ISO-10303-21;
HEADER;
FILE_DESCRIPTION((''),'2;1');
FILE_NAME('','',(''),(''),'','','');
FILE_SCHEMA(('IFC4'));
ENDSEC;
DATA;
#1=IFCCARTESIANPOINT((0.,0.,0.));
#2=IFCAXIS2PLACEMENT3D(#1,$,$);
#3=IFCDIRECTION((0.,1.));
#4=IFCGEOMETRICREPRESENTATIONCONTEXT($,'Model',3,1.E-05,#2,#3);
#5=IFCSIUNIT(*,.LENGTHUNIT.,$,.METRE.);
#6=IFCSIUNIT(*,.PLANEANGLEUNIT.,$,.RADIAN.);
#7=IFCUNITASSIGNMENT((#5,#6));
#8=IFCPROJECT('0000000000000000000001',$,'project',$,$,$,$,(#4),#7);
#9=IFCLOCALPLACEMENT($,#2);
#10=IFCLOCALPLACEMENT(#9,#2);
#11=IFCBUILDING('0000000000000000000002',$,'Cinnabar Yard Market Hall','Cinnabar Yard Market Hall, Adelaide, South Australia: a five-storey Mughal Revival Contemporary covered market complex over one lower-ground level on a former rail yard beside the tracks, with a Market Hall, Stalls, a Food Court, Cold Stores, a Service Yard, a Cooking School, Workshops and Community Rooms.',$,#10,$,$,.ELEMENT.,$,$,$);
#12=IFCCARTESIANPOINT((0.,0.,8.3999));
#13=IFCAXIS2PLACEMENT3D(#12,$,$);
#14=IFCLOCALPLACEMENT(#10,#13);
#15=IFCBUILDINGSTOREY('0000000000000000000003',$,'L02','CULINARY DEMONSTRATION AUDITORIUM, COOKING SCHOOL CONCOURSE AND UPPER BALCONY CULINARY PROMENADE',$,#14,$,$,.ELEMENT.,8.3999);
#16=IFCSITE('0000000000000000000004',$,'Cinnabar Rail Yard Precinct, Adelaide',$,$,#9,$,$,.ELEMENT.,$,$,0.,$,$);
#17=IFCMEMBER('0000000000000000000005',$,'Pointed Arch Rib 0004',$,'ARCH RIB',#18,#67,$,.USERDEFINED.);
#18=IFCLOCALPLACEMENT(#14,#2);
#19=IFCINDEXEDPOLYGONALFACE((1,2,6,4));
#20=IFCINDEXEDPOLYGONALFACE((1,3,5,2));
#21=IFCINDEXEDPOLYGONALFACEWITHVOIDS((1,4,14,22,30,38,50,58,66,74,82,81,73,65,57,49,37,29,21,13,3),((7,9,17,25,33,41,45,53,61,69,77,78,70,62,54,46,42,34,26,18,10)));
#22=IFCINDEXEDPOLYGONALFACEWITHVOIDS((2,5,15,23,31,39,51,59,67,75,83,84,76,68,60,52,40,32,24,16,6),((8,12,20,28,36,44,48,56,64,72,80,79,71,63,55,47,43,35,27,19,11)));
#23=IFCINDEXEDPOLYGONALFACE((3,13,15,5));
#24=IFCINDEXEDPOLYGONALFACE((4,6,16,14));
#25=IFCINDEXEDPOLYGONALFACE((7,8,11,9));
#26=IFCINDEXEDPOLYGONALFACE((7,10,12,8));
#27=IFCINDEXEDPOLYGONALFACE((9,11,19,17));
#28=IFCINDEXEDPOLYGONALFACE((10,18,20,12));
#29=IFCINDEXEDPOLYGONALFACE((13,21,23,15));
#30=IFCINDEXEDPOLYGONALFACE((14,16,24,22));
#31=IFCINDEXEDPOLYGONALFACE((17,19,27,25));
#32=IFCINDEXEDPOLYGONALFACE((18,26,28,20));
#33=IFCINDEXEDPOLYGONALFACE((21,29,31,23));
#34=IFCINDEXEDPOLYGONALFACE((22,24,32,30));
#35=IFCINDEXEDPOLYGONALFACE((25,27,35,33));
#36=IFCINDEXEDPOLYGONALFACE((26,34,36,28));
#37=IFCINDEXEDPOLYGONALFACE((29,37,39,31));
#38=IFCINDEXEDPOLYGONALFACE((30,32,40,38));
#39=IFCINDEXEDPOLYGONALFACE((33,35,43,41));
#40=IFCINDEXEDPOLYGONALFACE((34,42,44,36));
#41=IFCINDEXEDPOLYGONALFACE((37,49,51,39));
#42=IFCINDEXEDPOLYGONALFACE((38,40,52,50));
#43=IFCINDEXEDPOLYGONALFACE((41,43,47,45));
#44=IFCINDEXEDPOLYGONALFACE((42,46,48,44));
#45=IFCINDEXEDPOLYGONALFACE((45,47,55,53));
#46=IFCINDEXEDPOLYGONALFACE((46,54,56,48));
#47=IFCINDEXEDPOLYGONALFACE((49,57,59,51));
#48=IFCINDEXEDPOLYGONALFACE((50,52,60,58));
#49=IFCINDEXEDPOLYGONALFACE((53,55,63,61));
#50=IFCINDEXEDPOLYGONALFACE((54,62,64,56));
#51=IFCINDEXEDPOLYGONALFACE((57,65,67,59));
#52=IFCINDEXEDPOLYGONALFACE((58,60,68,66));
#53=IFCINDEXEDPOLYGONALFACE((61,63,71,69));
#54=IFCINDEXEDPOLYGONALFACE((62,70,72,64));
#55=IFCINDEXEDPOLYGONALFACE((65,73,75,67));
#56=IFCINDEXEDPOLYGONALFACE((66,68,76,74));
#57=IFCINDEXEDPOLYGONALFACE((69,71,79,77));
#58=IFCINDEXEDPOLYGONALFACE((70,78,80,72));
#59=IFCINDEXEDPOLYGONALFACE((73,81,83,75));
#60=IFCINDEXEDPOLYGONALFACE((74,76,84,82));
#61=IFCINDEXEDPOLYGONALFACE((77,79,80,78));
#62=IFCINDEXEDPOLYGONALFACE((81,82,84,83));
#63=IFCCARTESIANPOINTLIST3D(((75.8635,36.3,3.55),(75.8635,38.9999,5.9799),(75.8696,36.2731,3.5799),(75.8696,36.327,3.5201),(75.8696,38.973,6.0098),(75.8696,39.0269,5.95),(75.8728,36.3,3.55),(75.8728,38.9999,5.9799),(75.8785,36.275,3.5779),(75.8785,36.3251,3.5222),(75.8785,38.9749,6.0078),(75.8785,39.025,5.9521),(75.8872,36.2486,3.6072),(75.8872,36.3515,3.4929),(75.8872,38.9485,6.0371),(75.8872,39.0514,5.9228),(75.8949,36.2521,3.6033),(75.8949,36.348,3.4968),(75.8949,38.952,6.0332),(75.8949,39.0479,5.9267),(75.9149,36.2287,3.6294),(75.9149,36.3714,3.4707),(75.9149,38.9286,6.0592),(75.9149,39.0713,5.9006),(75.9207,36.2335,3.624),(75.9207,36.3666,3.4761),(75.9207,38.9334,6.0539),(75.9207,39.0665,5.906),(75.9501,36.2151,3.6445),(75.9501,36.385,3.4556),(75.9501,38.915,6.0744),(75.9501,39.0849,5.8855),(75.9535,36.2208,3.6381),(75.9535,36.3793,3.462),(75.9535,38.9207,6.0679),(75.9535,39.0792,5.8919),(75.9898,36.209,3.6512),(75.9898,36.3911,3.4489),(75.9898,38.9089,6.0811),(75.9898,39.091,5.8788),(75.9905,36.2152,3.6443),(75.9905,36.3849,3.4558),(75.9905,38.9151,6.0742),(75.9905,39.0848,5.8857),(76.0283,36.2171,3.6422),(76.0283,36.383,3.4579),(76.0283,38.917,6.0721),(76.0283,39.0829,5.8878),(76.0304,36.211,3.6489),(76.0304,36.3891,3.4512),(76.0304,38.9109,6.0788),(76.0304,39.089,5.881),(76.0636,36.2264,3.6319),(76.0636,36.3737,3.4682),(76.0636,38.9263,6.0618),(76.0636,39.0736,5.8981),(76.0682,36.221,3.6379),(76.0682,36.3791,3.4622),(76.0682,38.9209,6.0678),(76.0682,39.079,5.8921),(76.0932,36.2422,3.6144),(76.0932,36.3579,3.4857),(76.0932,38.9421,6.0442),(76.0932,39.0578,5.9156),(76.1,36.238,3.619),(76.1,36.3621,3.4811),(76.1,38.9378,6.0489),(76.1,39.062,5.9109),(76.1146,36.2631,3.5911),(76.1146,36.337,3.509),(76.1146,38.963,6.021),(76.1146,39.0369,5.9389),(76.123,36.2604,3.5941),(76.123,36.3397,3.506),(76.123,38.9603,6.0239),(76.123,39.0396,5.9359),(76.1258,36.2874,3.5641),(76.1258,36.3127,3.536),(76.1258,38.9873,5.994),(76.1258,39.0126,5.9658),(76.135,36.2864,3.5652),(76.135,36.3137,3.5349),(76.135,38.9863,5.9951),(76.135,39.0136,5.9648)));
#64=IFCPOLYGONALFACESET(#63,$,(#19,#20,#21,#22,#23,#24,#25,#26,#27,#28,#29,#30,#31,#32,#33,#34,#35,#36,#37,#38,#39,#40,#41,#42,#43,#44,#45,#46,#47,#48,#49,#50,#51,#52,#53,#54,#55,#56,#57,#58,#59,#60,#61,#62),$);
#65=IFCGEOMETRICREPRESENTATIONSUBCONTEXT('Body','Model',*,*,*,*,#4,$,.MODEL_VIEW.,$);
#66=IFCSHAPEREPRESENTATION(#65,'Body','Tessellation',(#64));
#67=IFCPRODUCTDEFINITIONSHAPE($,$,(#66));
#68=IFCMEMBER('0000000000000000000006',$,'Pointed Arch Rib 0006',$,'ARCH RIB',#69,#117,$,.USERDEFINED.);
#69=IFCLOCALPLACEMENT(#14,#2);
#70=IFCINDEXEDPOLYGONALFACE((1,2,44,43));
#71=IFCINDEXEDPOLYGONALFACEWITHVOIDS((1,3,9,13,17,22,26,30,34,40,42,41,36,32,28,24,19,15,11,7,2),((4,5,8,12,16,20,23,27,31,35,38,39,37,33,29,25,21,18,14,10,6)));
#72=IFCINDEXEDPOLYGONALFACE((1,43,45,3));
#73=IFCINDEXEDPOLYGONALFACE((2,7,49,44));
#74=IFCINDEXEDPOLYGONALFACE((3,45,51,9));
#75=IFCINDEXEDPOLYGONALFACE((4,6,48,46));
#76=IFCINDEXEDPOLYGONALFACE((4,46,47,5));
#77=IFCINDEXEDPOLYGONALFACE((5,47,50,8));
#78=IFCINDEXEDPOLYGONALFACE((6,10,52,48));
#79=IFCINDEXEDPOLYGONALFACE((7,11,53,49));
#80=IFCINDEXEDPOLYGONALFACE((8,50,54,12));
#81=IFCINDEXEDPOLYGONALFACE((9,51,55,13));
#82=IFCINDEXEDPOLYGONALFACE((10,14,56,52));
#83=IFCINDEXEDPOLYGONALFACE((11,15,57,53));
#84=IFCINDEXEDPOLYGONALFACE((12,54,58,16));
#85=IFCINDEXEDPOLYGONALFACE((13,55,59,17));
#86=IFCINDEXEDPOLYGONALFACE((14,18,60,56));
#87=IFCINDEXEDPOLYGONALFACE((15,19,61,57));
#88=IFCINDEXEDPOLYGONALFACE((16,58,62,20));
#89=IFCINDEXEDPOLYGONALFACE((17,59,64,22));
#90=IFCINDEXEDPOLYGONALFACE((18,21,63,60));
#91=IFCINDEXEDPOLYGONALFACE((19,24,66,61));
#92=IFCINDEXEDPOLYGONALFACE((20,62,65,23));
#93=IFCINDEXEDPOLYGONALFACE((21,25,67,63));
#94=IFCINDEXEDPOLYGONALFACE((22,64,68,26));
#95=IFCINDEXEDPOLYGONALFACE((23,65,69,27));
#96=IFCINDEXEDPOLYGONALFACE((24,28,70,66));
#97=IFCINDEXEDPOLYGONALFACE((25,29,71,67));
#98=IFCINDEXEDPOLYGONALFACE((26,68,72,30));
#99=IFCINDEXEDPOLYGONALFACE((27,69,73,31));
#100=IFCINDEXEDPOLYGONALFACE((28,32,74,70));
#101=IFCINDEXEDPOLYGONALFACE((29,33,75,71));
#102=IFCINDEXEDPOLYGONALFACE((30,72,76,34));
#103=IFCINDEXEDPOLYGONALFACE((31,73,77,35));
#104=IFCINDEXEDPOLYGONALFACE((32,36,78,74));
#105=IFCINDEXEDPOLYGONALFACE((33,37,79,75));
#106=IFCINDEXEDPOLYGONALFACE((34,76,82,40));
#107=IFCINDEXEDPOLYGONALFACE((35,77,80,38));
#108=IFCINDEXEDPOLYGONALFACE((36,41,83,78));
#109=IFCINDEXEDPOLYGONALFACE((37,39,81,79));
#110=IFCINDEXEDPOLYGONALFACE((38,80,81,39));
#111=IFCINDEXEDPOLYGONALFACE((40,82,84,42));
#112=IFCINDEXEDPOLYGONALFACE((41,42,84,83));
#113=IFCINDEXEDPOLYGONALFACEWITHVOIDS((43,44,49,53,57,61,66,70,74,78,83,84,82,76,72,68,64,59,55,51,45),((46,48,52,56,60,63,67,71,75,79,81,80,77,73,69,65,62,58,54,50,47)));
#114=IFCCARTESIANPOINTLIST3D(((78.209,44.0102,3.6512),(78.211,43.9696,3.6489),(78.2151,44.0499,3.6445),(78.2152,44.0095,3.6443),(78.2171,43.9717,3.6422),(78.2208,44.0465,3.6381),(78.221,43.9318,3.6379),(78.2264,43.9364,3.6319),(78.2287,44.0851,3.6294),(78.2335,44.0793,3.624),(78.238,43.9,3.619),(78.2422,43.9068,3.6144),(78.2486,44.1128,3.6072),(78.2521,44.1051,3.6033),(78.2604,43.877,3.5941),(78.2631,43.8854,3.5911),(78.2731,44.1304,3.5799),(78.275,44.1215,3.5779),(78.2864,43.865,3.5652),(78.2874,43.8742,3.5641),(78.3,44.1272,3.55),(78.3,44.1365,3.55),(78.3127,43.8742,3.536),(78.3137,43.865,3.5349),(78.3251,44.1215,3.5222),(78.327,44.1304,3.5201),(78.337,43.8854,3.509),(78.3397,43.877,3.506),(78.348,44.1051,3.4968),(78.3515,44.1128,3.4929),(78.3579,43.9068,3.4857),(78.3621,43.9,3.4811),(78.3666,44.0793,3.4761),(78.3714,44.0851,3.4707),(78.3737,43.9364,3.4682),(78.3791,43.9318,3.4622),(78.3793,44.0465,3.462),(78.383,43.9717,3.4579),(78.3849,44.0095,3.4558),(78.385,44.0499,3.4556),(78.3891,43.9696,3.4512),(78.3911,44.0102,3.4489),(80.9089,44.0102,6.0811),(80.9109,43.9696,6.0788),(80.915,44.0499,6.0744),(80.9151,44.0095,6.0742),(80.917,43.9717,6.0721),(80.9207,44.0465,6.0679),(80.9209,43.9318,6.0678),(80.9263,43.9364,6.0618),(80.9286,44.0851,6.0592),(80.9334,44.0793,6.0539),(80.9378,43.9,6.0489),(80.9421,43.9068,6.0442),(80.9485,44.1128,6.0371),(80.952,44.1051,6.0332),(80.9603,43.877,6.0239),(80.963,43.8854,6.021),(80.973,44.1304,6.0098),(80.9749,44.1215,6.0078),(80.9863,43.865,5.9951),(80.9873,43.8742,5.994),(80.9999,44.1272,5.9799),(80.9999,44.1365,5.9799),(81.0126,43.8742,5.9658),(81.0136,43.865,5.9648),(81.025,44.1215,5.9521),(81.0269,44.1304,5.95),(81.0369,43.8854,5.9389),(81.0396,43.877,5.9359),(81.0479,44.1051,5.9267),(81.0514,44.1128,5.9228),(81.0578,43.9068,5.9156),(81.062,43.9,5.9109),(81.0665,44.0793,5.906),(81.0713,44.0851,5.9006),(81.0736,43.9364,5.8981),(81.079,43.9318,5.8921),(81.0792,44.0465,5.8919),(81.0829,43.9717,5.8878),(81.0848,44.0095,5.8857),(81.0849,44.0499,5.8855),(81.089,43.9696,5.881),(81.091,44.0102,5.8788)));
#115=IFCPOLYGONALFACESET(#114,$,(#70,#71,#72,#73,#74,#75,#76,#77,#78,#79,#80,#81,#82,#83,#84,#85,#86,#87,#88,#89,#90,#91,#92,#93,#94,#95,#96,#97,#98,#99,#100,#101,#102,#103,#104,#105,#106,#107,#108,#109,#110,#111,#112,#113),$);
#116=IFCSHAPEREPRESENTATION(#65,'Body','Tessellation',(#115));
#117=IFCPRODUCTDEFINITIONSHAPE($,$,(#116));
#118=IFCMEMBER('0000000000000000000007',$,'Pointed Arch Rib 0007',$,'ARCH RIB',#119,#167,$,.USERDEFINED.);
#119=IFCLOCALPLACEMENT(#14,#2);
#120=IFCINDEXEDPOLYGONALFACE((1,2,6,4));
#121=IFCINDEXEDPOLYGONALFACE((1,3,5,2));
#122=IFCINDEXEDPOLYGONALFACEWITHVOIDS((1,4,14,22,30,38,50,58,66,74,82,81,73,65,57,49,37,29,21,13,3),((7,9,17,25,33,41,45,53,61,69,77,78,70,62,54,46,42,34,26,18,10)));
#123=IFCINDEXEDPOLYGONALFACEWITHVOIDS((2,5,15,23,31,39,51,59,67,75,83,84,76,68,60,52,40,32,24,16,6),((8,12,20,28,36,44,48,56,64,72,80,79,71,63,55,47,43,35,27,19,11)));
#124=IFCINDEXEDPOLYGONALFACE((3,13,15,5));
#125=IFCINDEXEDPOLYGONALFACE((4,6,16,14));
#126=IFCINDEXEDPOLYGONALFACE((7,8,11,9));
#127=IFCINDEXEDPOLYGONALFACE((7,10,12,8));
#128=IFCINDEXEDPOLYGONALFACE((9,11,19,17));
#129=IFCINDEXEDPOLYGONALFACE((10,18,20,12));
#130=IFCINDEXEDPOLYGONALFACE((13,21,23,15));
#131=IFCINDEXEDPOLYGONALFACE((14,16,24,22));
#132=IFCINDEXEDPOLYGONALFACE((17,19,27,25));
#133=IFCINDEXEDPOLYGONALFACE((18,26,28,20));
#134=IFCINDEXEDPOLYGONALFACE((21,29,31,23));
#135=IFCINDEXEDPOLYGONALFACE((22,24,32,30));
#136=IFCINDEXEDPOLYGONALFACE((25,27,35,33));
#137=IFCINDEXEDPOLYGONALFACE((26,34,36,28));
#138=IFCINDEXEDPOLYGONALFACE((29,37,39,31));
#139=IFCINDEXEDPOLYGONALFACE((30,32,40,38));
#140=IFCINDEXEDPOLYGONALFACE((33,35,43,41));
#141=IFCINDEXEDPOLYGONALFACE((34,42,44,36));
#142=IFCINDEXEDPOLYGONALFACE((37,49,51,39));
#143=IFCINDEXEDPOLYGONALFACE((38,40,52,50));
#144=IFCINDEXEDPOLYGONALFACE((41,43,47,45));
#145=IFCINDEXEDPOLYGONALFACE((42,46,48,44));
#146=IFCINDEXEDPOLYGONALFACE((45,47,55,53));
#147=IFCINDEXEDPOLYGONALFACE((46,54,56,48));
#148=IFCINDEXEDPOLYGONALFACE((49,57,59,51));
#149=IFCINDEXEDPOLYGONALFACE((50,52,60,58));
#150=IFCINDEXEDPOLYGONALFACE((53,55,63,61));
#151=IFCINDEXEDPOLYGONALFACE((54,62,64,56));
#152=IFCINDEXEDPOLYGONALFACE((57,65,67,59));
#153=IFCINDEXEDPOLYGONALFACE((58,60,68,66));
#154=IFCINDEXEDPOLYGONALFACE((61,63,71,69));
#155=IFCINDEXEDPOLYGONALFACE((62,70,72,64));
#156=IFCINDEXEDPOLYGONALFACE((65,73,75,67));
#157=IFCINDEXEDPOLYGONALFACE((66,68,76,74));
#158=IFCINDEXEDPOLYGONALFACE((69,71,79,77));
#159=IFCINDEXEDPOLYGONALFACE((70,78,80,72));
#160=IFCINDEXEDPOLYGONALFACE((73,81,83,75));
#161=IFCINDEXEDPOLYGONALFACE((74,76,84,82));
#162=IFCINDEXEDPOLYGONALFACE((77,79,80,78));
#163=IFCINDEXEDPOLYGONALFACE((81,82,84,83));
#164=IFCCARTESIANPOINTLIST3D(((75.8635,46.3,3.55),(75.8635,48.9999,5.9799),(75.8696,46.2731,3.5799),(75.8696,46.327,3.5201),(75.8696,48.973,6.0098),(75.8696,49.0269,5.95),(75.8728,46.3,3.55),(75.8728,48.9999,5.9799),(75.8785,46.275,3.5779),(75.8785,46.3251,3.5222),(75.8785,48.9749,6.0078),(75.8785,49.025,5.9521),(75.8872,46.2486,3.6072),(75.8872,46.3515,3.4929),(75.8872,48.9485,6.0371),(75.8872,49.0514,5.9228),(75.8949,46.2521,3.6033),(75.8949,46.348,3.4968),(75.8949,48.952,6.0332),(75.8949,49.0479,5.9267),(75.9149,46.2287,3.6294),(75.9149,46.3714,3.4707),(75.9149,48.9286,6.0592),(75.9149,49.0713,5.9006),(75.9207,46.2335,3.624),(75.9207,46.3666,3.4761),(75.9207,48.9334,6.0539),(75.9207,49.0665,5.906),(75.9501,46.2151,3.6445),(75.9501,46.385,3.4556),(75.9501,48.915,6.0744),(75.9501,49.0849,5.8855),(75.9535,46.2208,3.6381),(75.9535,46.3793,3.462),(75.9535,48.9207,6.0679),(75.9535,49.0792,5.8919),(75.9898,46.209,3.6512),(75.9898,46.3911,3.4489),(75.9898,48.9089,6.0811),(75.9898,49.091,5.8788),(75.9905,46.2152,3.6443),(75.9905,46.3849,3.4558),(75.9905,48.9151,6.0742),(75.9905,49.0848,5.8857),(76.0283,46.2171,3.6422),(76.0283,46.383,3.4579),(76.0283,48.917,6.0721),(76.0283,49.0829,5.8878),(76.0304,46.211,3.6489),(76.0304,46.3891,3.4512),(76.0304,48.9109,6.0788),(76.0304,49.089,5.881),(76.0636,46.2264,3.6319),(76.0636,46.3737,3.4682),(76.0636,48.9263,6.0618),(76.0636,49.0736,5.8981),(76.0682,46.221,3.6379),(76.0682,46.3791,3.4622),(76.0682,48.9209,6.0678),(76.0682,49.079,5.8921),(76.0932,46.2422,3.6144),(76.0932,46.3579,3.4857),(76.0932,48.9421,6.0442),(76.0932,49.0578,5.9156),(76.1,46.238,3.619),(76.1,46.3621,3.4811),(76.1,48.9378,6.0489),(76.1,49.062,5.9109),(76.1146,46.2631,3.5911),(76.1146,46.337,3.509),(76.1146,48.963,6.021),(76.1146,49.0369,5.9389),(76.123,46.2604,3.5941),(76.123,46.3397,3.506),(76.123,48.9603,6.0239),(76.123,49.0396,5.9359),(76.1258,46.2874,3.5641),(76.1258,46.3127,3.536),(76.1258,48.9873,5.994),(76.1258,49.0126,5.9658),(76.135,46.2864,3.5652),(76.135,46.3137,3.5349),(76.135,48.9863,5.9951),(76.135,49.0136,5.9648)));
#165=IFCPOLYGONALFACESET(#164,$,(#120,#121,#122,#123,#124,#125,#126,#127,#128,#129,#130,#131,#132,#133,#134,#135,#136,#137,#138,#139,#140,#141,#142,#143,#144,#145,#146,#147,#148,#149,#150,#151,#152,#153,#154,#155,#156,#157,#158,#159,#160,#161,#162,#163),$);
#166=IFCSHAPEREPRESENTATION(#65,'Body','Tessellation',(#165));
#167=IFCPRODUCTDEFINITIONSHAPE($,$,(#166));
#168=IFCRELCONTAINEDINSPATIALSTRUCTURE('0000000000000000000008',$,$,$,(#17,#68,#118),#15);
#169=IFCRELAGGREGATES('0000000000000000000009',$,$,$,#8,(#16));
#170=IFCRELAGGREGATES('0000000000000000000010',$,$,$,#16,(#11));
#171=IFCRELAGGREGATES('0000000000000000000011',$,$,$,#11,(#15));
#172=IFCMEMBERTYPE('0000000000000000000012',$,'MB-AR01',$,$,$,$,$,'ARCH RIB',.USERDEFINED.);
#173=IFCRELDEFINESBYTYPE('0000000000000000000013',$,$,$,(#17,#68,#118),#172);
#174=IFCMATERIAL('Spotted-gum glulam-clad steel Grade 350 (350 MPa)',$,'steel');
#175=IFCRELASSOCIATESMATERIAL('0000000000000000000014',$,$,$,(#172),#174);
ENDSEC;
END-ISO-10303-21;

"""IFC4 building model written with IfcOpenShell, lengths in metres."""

from ifc_helpers import new_model, si_unit, direction, frame, origin, origin_2d_with_axis, place, context, subcontext, project, spatial, hollow_circle, extrude, material, material_profile, profile_set, type_object, element, save


model = new_model("IFC4")

# Units and contexts
model_context = context("Model", 3, precision=1e-05, world=origin(), true_north=direction((0.0, 1.0)))
body_context = subcontext(model_context, "Body", "Model", "MODEL_VIEW")
ifc_project = project(units=[si_unit("LENGTHUNIT", "METRE"), si_unit("PLANEANGLEUNIT", "RADIAN")], contexts=[model_context])

# Site, building, storey
site_placement = place(None, origin())
site = spatial("IfcSite", under=ifc_project, at=site_placement, Name="Cinnabar Rail Yard Precinct, Adelaide", CompositionType="ELEMENT", RefElevation=0.0)
building_placement = place(site_placement, origin())
building = spatial("IfcBuilding", under=site, at=building_placement, Name="Cinnabar Yard Market Hall", Description="Cinnabar Yard Market Hall, Adelaide, South Australia: a five-storey Mughal Revival Contemporary covered market complex over one lower-ground level on a former rail yard beside the tracks, with a Market Hall, Stalls, a Food Court, Cold Stores, a Service Yard, a Cooking School, Workshops and Community Rooms.", CompositionType="ELEMENT")
storey_placement = place(building_placement, frame((0.0, 0.0, 8.3999)))
storey = spatial("IfcBuildingStorey", under=building, at=storey_placement, Name="L02", Description="CULINARY DEMONSTRATION AUDITORIUM, COOKING SCHOOL CONCOURSE AND UPPER BALCONY CULINARY PROMENADE", CompositionType="ELEMENT", Elevation=8.3999)

# Shared definitions
ifc_material_1 = material(Name="Spotted-gum glulam-clad steel Grade 350 (350 MPa)", Category="steel")

# Members
ifc_material_profile_1 = material_profile(ifc_material_1, hollow_circle(Radius=0.1365, WallThickness=0.0093, at=origin_2d_with_axis()), Name="273.1x9.3CHS")
ifc_profile_set_1 = profile_set([ifc_material_profile_1], Name="Spotted-gum glulam-clad steel Grade 350 (350 MPa)")
member_type_1 = type_object("IfcMemberType", Name="MB-AR01", ElementType="ARCH RIB", PredefinedType="USERDEFINED", material=ifc_profile_set_1)
for number, where, z_axis, x_axis, name in (
    (1, (76.0, 36.3, 3.55), (0.0, 0.743297, 0.668961), (-1.0, 0.0, 0.0), "Pointed Arch Rib 0004"),
    (2, (78.3, 44.0, 3.55), (0.743297, 0.0, 0.668961), (0.0, 1.0, 0.0), "Pointed Arch Rib 0006"),
    (3, (76.0, 46.3, 3.55), (0.0, 0.743297, 0.668961), (-1.0, 0.0, 0.0), "Pointed Arch Rib 0007"),
):
    element("IfcMember", number, at=place(storey_placement, frame(where, z_axis=z_axis, x_axis=x_axis)), inside=storey, type_object=member_type_1, Name=name, ObjectType="ARCH RIB", PredefinedType="USERDEFINED", context=body_context, shape_type="SweptSolid", body=[
        extrude(hollow_circle(Radius=0.1365, WallThickness=0.0093, at=origin_2d_with_axis()), origin(), (0.0, 0.0, 1.0), 3.6323),
    ])

save(model, "model.ifc")
